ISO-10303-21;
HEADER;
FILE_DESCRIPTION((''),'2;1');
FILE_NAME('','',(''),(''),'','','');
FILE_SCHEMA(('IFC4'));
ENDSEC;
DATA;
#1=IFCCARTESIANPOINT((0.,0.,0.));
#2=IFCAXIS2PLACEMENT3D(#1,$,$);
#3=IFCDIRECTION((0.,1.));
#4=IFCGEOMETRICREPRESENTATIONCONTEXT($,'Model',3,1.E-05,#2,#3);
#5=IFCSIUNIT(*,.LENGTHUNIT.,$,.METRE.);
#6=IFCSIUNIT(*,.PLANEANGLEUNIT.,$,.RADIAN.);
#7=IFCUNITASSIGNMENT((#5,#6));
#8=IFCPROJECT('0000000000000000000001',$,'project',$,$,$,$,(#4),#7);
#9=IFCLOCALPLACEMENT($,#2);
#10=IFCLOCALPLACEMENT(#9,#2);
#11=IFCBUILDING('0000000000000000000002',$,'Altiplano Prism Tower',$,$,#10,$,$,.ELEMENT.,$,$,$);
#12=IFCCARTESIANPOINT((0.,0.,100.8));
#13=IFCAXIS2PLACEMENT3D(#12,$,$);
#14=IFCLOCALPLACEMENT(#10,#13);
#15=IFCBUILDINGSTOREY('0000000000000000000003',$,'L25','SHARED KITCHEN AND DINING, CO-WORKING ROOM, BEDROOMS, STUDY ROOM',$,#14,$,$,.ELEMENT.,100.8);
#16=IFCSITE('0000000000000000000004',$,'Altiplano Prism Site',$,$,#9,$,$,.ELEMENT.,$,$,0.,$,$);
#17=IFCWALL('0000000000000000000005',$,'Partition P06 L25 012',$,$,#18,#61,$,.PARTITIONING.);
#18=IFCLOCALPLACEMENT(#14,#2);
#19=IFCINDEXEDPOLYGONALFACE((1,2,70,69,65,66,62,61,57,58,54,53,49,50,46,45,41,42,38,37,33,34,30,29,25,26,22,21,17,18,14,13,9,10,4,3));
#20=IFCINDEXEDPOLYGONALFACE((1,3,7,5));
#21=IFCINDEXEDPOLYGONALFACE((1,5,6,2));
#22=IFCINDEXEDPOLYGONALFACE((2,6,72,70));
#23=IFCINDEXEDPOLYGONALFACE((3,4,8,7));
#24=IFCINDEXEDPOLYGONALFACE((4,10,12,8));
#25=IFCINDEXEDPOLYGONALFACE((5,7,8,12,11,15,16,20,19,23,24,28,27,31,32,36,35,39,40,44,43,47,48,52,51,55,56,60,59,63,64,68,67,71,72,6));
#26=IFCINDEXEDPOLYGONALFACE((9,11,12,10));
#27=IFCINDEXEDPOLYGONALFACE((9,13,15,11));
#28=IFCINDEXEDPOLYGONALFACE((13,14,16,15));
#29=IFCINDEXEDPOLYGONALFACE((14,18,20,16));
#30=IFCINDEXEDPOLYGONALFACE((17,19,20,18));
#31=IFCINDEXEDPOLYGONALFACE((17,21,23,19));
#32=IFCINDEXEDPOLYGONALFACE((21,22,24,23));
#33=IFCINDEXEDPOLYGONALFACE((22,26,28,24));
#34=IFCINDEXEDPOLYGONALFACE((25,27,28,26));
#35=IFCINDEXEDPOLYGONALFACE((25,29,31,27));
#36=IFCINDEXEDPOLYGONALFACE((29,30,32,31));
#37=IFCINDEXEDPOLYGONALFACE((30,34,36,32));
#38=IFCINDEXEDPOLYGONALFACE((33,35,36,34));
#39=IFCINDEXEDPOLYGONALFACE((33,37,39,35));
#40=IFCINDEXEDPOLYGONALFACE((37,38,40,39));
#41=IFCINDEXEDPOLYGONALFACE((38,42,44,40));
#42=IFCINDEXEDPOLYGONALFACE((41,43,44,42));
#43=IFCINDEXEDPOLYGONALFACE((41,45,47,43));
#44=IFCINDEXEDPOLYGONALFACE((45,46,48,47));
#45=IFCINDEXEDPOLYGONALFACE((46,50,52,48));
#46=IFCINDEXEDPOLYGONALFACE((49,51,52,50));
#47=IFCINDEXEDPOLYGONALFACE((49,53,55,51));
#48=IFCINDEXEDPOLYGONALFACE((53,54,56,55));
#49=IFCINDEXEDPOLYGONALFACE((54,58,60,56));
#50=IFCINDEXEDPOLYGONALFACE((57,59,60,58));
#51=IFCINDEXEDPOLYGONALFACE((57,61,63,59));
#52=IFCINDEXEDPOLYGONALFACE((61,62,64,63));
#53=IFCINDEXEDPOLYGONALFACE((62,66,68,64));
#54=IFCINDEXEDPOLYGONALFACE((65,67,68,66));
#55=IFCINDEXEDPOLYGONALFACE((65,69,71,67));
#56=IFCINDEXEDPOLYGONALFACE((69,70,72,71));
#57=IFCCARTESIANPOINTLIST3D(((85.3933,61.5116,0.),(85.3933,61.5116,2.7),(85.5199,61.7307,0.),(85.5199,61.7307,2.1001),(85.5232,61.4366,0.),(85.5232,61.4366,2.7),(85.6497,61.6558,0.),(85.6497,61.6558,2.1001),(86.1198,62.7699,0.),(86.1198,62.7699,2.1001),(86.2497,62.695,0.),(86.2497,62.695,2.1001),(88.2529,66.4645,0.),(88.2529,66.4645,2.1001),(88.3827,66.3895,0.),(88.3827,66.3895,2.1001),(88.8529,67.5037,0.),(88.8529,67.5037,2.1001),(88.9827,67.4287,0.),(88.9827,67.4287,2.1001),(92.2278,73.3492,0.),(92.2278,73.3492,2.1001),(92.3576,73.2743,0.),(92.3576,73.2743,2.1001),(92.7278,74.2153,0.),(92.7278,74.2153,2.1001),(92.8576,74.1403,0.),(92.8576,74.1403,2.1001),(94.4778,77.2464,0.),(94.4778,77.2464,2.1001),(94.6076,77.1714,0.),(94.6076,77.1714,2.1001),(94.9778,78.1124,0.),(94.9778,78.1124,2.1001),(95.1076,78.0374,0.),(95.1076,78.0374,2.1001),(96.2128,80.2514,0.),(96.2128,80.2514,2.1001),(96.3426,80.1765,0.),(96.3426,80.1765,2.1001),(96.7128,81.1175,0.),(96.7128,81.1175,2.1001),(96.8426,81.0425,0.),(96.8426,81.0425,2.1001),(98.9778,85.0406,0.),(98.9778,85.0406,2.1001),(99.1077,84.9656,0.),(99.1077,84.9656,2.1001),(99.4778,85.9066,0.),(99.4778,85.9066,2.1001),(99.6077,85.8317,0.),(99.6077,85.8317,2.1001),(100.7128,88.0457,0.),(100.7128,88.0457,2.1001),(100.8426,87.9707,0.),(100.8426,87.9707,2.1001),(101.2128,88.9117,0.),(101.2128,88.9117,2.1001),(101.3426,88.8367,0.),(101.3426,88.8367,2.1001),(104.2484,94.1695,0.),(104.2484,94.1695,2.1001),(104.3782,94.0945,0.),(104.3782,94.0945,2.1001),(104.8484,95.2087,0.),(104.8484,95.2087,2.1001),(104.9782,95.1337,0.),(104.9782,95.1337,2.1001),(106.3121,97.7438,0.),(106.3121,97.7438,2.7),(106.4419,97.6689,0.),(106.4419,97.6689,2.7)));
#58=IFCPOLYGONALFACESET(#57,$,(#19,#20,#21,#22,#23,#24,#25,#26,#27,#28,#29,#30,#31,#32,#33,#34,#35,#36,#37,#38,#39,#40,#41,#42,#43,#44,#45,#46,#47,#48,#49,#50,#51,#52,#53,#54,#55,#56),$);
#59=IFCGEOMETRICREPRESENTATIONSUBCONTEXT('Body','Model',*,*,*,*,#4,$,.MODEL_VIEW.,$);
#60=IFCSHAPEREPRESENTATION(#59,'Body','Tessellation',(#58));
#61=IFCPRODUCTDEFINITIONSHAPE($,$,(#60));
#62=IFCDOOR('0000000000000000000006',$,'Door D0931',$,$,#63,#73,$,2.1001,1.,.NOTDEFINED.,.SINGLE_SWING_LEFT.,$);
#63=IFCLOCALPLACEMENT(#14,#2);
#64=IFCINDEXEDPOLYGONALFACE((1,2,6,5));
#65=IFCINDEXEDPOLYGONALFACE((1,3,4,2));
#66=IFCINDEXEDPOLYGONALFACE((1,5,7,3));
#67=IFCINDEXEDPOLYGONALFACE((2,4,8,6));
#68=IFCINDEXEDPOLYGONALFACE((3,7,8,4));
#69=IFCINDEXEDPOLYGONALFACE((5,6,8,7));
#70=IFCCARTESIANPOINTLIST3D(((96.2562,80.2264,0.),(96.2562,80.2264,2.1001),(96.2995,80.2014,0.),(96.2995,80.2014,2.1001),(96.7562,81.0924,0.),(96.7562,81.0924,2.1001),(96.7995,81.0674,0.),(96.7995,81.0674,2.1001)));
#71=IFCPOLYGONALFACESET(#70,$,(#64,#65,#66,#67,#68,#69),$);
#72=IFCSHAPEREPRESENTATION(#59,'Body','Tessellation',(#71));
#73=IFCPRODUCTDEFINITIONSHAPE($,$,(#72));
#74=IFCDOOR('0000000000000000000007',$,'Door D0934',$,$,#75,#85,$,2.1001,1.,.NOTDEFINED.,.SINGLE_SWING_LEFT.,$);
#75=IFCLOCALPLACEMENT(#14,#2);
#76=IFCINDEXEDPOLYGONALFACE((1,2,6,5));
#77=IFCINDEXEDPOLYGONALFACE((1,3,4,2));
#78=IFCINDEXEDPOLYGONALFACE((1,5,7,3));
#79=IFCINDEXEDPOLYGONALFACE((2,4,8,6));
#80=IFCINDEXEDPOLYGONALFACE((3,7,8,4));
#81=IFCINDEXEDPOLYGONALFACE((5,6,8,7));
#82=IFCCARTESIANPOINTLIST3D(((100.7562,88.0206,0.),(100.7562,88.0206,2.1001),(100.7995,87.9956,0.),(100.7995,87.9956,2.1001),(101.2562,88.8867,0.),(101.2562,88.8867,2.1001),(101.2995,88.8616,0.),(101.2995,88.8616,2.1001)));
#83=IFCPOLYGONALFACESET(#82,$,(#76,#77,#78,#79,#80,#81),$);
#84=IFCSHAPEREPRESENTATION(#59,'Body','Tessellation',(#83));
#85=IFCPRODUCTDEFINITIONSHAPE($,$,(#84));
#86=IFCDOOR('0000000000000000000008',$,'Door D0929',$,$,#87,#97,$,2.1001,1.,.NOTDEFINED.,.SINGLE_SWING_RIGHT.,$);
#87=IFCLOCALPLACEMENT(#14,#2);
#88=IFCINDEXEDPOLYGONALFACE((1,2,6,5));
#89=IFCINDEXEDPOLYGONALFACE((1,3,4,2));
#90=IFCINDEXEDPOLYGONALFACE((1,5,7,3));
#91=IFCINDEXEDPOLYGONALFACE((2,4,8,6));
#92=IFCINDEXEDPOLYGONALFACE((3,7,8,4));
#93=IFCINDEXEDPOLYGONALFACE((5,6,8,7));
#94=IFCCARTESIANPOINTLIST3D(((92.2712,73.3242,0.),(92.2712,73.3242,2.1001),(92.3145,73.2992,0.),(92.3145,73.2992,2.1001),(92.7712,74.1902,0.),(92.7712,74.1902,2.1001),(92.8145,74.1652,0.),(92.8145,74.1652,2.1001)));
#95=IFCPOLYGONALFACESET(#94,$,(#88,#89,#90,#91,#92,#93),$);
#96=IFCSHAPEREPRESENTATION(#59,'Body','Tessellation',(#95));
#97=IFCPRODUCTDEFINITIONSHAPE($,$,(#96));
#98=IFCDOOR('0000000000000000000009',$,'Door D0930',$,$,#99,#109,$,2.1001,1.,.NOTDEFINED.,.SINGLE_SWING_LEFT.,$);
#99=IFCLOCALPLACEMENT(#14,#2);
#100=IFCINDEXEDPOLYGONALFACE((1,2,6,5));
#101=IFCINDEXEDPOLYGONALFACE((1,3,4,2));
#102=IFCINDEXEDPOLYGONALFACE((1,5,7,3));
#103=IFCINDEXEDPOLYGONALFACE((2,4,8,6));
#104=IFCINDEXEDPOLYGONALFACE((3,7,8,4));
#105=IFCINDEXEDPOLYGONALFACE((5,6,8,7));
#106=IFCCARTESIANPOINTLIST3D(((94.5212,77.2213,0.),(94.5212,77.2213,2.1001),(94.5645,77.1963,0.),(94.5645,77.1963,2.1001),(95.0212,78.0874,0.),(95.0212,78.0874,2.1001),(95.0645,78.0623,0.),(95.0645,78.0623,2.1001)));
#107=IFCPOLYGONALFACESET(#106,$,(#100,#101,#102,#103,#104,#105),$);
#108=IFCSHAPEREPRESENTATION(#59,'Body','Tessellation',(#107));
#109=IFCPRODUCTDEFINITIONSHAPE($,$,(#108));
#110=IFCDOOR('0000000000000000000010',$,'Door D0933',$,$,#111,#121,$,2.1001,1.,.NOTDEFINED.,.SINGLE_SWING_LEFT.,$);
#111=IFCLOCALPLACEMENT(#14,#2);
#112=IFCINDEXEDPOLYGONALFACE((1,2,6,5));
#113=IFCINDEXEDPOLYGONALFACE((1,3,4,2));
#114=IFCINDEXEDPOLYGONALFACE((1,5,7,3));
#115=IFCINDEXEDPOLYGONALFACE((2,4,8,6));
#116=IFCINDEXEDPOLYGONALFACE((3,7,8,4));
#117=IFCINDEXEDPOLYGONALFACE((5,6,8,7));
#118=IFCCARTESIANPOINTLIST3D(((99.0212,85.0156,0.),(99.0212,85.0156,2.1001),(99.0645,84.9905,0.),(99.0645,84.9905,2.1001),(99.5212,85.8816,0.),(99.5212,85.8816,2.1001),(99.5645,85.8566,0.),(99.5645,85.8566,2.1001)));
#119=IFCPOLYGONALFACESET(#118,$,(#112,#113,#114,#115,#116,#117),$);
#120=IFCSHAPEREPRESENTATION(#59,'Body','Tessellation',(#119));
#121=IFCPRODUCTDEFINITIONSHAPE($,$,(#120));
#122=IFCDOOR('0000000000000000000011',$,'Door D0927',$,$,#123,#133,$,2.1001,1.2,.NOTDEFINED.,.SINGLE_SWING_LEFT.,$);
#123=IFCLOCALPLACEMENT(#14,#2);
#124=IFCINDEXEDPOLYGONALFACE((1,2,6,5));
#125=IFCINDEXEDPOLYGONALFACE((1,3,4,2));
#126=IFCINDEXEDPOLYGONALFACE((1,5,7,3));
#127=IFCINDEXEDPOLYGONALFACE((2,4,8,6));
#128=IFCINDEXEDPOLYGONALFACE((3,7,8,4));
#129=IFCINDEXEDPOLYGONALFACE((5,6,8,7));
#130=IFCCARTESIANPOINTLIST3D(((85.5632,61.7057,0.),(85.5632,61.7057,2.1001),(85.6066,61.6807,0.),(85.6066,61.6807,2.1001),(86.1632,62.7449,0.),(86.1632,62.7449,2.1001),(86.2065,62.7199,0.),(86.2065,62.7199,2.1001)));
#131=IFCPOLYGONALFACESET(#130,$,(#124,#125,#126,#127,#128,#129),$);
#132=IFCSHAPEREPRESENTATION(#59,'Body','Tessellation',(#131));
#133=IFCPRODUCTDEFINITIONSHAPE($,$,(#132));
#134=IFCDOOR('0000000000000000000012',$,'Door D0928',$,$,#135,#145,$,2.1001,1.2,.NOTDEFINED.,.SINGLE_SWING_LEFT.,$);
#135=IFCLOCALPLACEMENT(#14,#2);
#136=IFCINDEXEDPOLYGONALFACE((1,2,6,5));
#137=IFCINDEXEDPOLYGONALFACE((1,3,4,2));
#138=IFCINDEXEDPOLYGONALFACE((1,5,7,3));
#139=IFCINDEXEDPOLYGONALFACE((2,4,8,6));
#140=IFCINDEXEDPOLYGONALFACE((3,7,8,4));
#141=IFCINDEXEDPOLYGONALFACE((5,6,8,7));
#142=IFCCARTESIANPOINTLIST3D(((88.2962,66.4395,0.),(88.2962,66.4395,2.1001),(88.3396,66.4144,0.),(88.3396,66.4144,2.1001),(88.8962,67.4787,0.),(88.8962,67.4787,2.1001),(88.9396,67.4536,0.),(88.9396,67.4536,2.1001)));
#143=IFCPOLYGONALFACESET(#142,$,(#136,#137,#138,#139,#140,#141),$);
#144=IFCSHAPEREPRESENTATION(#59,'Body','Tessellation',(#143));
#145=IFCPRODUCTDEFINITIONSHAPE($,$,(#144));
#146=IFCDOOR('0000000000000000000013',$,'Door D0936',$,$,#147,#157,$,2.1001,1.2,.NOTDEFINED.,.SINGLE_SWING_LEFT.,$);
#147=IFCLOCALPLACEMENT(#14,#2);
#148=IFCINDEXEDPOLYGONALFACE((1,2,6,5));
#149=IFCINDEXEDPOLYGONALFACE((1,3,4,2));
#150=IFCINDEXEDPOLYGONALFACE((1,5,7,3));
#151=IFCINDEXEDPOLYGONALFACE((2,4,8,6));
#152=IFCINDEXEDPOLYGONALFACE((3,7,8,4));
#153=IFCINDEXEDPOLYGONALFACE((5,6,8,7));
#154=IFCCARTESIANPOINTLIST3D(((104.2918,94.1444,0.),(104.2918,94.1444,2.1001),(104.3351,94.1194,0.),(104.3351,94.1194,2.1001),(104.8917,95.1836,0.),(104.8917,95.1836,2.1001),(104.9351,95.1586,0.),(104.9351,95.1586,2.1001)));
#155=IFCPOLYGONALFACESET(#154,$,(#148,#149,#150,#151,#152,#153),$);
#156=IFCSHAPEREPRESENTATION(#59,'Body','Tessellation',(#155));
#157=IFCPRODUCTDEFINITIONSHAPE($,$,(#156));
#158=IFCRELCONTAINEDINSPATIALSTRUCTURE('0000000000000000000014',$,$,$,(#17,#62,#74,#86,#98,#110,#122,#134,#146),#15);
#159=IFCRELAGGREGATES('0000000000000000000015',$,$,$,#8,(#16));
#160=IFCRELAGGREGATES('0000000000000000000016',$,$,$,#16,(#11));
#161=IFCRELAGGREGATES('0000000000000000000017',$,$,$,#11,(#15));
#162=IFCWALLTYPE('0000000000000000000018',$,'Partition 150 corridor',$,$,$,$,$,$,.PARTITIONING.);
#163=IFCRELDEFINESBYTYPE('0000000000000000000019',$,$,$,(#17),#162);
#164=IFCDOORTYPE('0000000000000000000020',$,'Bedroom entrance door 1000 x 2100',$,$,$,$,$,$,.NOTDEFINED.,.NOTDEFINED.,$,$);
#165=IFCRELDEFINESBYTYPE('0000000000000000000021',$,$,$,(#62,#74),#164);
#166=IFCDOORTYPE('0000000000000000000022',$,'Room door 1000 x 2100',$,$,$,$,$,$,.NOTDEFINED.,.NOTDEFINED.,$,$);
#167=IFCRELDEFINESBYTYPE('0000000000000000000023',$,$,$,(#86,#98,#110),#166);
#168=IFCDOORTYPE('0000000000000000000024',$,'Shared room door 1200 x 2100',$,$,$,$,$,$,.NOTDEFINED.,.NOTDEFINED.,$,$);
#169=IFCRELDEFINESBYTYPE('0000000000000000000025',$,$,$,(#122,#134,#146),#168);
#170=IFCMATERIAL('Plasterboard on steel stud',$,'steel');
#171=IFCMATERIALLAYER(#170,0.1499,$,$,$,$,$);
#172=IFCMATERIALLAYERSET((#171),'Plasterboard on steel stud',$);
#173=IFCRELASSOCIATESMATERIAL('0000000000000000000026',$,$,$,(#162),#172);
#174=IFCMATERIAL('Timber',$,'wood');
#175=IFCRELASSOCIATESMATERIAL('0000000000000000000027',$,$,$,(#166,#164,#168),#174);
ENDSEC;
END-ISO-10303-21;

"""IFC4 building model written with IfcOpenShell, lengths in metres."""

from ifc_helpers import new_model, si_unit, direction, frame, frame_2d, origin, place, context, subcontext, project, spatial, rectangle, extrude, material, layer, layer_set, type_object, element, fill, save


model = new_model("IFC4")

# Units and contexts
model_context = context("Model", 3, precision=1e-05, world=origin(), true_north=direction((0.0, 1.0)))
body_context = subcontext(model_context, "Body", "Model", "MODEL_VIEW")
ifc_project = project(units=[si_unit("LENGTHUNIT", "METRE"), si_unit("PLANEANGLEUNIT", "RADIAN")], contexts=[model_context])

# Site, building, storey
site_placement = place(None, origin())
site = spatial("IfcSite", under=ifc_project, at=site_placement, Name="Altiplano Prism Site", CompositionType="ELEMENT", RefElevation=0.0)
building_placement = place(site_placement, origin())
building = spatial("IfcBuilding", under=site, at=building_placement, Name="Altiplano Prism Tower", CompositionType="ELEMENT")
storey_placement = place(building_placement, frame((0.0, 0.0, 100.8)))
storey = spatial("IfcBuildingStorey", under=building, at=storey_placement, Name="L25", Description="SHARED KITCHEN AND DINING, CO-WORKING ROOM, BEDROOMS, STUDY ROOM", CompositionType="ELEMENT", Elevation=100.8)

# Shared definitions
ifc_material_1 = material(Name="Plasterboard on steel stud", Category="steel")

# Shared definitions
ifc_layer_1 = layer(ifc_material_1, 0.1499)
ifc_layer_set_1 = layer_set([ifc_layer_1], Name="Plasterboard on steel stud")
wall_type_1 = type_object("IfcWallType", Name="Partition 150 corridor", PredefinedType="PARTITIONING", material=ifc_layer_set_1)
ifc_material_2 = material(Name="Timber", Category="wood")
door_type_1 = type_object("IfcDoorType", Name="Room door 1000 x 2100", OperationType="NOTDEFINED", PredefinedType="NOTDEFINED", material=ifc_material_2)

# Wall, openings, doors
wall_1_placement = place(storey_placement, frame((85.4583, 61.4741, 0.0), z_axis=(0.0, 0.0, 1.0), x_axis=(0.500001, 0.866025, 0.0)))
wall_1 = element("IfcWall", 1, at=wall_1_placement, inside=storey, type_object=wall_type_1, Name="Partition P06 L25 012", PredefinedType="PARTITIONING", context=body_context, shape_type="SweptSolid", body=[
    extrude(rectangle(XDim=41.8374, YDim=0.1499, at=frame_2d((20.9187, 0.0))), origin(), (0.0, 0.0, 1.0), 2.7),
])
opening_1_placement = place(wall_1_placement, frame((0.2529, 0.0, 0.0)))
opening_1 = element("IfcOpeningElement", 2, at=opening_1_placement, cuts=wall_1, PredefinedType="OPENING", context=body_context, shape_type="SweptSolid", body=[
    extrude(rectangle(XDim=1.2, YDim=2.1001, at=frame_2d((0.6001, 1.05))), frame((0.0, 0.0854, 0.0), z_axis=(0.0, -1.0, 0.0), x_axis=(1.0, 0.0, 0.0)), (0.0, 0.0, 1.0), 0.1709),
])
opening_2_placement = place(wall_1_placement, frame((5.719, 0.0, 0.0)))
opening_2 = element("IfcOpeningElement", 3, at=opening_2_placement, cuts=wall_1, PredefinedType="OPENING", context=body_context, shape_type="SweptSolid", body=[
    extrude(rectangle(XDim=1.2, YDim=2.1001, at=frame_2d((0.6001, 1.05))), frame((0.0, 0.0854, 0.0), z_axis=(0.0, -1.0, 0.0), x_axis=(1.0, 0.0, 0.0)), (0.0, 0.0, 1.0), 0.1709),
])
opening_3_placement = place(wall_1_placement, frame((13.6689, 0.0, 0.0)))
opening_3 = element("IfcOpeningElement", 4, at=opening_3_placement, cuts=wall_1, PredefinedType="OPENING", context=body_context, shape_type="SweptSolid", body=[
    extrude(rectangle(XDim=1.0, YDim=2.1001, at=frame_2d((0.5, 1.05))), frame((0.0, 0.0854, 0.0), z_axis=(0.0, -1.0, 0.0), x_axis=(1.0, 0.0, 0.0)), (0.0, 0.0, 1.0), 0.1709),
])
opening_4_placement = place(wall_1_placement, frame((18.1689, 0.0, 0.0)))
opening_4 = element("IfcOpeningElement", 5, at=opening_4_placement, cuts=wall_1, PredefinedType="OPENING", context=body_context, shape_type="SweptSolid", body=[
    extrude(rectangle(XDim=1.0, YDim=2.1001, at=frame_2d((0.5, 1.05))), frame((0.0, 0.0854, 0.0), z_axis=(0.0, -1.0, 0.0), x_axis=(1.0, 0.0, 0.0)), (0.0, 0.0, 1.0), 0.1709),
])
opening_5_placement = place(wall_1_placement, frame((21.6389, 0.0, 0.0)))
opening_5 = element("IfcOpeningElement", 6, at=opening_5_placement, cuts=wall_1, PredefinedType="OPENING", context=body_context, shape_type="SweptSolid", body=[
    extrude(rectangle(XDim=1.0, YDim=2.1001, at=frame_2d((0.5, 1.05))), frame((0.0, 0.0854, 0.0), z_axis=(0.0, -1.0, 0.0), x_axis=(1.0, 0.0, 0.0)), (0.0, 0.0, 1.0), 0.1709),
])
opening_6_placement = place(wall_1_placement, frame((27.1689, 0.0, 0.0)))
opening_6 = element("IfcOpeningElement", 7, at=opening_6_placement, cuts=wall_1, PredefinedType="OPENING", context=body_context, shape_type="SweptSolid", body=[
    extrude(rectangle(XDim=1.0, YDim=2.1001, at=frame_2d((0.5, 1.05))), frame((0.0, 0.0854, 0.0), z_axis=(0.0, -1.0, 0.0), x_axis=(1.0, 0.0, 0.0)), (0.0, 0.0, 1.0), 0.1709),
])
opening_7_placement = place(wall_1_placement, frame((30.6389, 0.0, 0.0)))
opening_7 = element("IfcOpeningElement", 8, at=opening_7_placement, cuts=wall_1, PredefinedType="OPENING", context=body_context, shape_type="SweptSolid", body=[
    extrude(rectangle(XDim=1.0, YDim=2.1001, at=frame_2d((0.5, 1.05))), frame((0.0, 0.0854, 0.0), z_axis=(0.0, -1.0, 0.0), x_axis=(1.0, 0.0, 0.0)), (0.0, 0.0, 1.0), 0.1709),
])
opening_8_placement = place(wall_1_placement, frame((37.71, 0.0, 0.0)))
opening_8 = element("IfcOpeningElement", 9, at=opening_8_placement, cuts=wall_1, PredefinedType="OPENING", context=body_context, shape_type="SweptSolid", body=[
    extrude(rectangle(XDim=1.2, YDim=2.1001, at=frame_2d((0.6001, 1.05))), frame((0.0, 0.0854, 0.0), z_axis=(0.0, -1.0, 0.0), x_axis=(1.0, 0.0, 0.0)), (0.0, 0.0, 1.0), 0.1709),
])
door_type_2 = type_object("IfcDoorType", Name="Bedroom entrance door 1000 x 2100", OperationType="NOTDEFINED", PredefinedType="NOTDEFINED", material=ifc_material_2)
door_1_placement = place(opening_5_placement, origin())
door_1 = element("IfcDoor", 10, at=door_1_placement, inside=storey, type_object=door_type_2, Name="Door D0931", OperationType="SINGLE_SWING_LEFT", OverallHeight=2.1001, OverallWidth=1.0, PredefinedType="NOTDEFINED", context=body_context, shape_type="SweptSolid", body=[
    extrude(rectangle(XDim=1.0, YDim=2.1001, at=frame_2d((0.5, 1.05))), frame((0.0, 0.0249, 0.0), z_axis=(0.0, -1.0, 0.0), x_axis=(1.0, 0.0, 0.0)), (0.0, 0.0, 1.0), 0.05),
])
fill(opening_5, door_1)
door_2_placement = place(opening_7_placement, origin())
door_2 = element("IfcDoor", 11, at=door_2_placement, inside=storey, type_object=door_type_2, Name="Door D0934", OperationType="SINGLE_SWING_LEFT", OverallHeight=2.1001, OverallWidth=1.0, PredefinedType="NOTDEFINED", context=body_context, shape_type="SweptSolid", body=[
    extrude(rectangle(XDim=1.0, YDim=2.1001, at=frame_2d((0.5, 1.05))), frame((0.0, 0.0249, 0.0), z_axis=(0.0, -1.0, 0.0), x_axis=(1.0, 0.0, 0.0)), (0.0, 0.0, 1.0), 0.05),
])
fill(opening_7, door_2)
door_3_placement = place(opening_3_placement, origin())
door_3 = element("IfcDoor", 12, at=door_3_placement, inside=storey, type_object=door_type_1, Name="Door D0929", OperationType="SINGLE_SWING_RIGHT", OverallHeight=2.1001, OverallWidth=1.0, PredefinedType="NOTDEFINED", context=body_context, shape_type="SweptSolid", body=[
    extrude(rectangle(XDim=1.0, YDim=2.1001, at=frame_2d((0.5, 1.05))), frame((0.0, 0.0249, 0.0), z_axis=(0.0, -1.0, 0.0), x_axis=(1.0, 0.0, 0.0)), (0.0, 0.0, 1.0), 0.05),
])
fill(opening_3, door_3)
door_4_placement = place(opening_4_placement, origin())
door_4 = element("IfcDoor", 13, at=door_4_placement, inside=storey, type_object=door_type_1, Name="Door D0930", OperationType="SINGLE_SWING_LEFT", OverallHeight=2.1001, OverallWidth=1.0, PredefinedType="NOTDEFINED", context=body_context, shape_type="SweptSolid", body=[
    extrude(rectangle(XDim=1.0, YDim=2.1001, at=frame_2d((0.5, 1.05))), frame((0.0, 0.0249, 0.0), z_axis=(0.0, -1.0, 0.0), x_axis=(1.0, 0.0, 0.0)), (0.0, 0.0, 1.0), 0.05),
])
fill(opening_4, door_4)
door_5_placement = place(opening_6_placement, origin())
door_5 = element("IfcDoor", 14, at=door_5_placement, inside=storey, type_object=door_type_1, Name="Door D0933", OperationType="SINGLE_SWING_LEFT", OverallHeight=2.1001, OverallWidth=1.0, PredefinedType="NOTDEFINED", context=body_context, shape_type="SweptSolid", body=[
    extrude(rectangle(XDim=1.0, YDim=2.1001, at=frame_2d((0.5, 1.05))), frame((0.0, 0.0249, 0.0), z_axis=(0.0, -1.0, 0.0), x_axis=(1.0, 0.0, 0.0)), (0.0, 0.0, 1.0), 0.05),
])
fill(opening_6, door_5)
door_type_3 = type_object("IfcDoorType", Name="Shared room door 1200 x 2100", OperationType="NOTDEFINED", PredefinedType="NOTDEFINED", material=ifc_material_2)
door_6_placement = place(opening_1_placement, origin())
door_6 = element("IfcDoor", 15, at=door_6_placement, inside=storey, type_object=door_type_3, Name="Door D0927", OperationType="SINGLE_SWING_LEFT", OverallHeight=2.1001, OverallWidth=1.2, PredefinedType="NOTDEFINED", context=body_context, shape_type="SweptSolid", body=[
    extrude(rectangle(XDim=1.2, YDim=2.1001, at=frame_2d((0.6001, 1.05))), frame((0.0, 0.0249, 0.0), z_axis=(0.0, -1.0, 0.0), x_axis=(1.0, 0.0, 0.0)), (0.0, 0.0, 1.0), 0.05),
])
fill(opening_1, door_6)
door_7_placement = place(opening_2_placement, origin())
door_7 = element("IfcDoor", 16, at=door_7_placement, inside=storey, type_object=door_type_3, Name="Door D0928", OperationType="SINGLE_SWING_LEFT", OverallHeight=2.1001, OverallWidth=1.2, PredefinedType="NOTDEFINED", context=body_context, shape_type="SweptSolid", body=[
    extrude(rectangle(XDim=1.2, YDim=2.1001, at=frame_2d((0.6001, 1.05))), frame((0.0, 0.0249, 0.0), z_axis=(0.0, -1.0, 0.0), x_axis=(1.0, 0.0, 0.0)), (0.0, 0.0, 1.0), 0.05),
])
fill(opening_2, door_7)
door_8_placement = place(opening_8_placement, origin())
door_8 = element("IfcDoor", 17, at=door_8_placement, inside=storey, type_object=door_type_3, Name="Door D0936", OperationType="SINGLE_SWING_LEFT", OverallHeight=2.1001, OverallWidth=1.2, PredefinedType="NOTDEFINED", context=body_context, shape_type="SweptSolid", body=[
    extrude(rectangle(XDim=1.2, YDim=2.1001, at=frame_2d((0.6001, 1.05))), frame((0.0, 0.0249, 0.0), z_axis=(0.0, -1.0, 0.0), x_axis=(1.0, 0.0, 0.0)), (0.0, 0.0, 1.0), 0.05),
])
fill(opening_8, door_8)

save(model, "model.ifc")
